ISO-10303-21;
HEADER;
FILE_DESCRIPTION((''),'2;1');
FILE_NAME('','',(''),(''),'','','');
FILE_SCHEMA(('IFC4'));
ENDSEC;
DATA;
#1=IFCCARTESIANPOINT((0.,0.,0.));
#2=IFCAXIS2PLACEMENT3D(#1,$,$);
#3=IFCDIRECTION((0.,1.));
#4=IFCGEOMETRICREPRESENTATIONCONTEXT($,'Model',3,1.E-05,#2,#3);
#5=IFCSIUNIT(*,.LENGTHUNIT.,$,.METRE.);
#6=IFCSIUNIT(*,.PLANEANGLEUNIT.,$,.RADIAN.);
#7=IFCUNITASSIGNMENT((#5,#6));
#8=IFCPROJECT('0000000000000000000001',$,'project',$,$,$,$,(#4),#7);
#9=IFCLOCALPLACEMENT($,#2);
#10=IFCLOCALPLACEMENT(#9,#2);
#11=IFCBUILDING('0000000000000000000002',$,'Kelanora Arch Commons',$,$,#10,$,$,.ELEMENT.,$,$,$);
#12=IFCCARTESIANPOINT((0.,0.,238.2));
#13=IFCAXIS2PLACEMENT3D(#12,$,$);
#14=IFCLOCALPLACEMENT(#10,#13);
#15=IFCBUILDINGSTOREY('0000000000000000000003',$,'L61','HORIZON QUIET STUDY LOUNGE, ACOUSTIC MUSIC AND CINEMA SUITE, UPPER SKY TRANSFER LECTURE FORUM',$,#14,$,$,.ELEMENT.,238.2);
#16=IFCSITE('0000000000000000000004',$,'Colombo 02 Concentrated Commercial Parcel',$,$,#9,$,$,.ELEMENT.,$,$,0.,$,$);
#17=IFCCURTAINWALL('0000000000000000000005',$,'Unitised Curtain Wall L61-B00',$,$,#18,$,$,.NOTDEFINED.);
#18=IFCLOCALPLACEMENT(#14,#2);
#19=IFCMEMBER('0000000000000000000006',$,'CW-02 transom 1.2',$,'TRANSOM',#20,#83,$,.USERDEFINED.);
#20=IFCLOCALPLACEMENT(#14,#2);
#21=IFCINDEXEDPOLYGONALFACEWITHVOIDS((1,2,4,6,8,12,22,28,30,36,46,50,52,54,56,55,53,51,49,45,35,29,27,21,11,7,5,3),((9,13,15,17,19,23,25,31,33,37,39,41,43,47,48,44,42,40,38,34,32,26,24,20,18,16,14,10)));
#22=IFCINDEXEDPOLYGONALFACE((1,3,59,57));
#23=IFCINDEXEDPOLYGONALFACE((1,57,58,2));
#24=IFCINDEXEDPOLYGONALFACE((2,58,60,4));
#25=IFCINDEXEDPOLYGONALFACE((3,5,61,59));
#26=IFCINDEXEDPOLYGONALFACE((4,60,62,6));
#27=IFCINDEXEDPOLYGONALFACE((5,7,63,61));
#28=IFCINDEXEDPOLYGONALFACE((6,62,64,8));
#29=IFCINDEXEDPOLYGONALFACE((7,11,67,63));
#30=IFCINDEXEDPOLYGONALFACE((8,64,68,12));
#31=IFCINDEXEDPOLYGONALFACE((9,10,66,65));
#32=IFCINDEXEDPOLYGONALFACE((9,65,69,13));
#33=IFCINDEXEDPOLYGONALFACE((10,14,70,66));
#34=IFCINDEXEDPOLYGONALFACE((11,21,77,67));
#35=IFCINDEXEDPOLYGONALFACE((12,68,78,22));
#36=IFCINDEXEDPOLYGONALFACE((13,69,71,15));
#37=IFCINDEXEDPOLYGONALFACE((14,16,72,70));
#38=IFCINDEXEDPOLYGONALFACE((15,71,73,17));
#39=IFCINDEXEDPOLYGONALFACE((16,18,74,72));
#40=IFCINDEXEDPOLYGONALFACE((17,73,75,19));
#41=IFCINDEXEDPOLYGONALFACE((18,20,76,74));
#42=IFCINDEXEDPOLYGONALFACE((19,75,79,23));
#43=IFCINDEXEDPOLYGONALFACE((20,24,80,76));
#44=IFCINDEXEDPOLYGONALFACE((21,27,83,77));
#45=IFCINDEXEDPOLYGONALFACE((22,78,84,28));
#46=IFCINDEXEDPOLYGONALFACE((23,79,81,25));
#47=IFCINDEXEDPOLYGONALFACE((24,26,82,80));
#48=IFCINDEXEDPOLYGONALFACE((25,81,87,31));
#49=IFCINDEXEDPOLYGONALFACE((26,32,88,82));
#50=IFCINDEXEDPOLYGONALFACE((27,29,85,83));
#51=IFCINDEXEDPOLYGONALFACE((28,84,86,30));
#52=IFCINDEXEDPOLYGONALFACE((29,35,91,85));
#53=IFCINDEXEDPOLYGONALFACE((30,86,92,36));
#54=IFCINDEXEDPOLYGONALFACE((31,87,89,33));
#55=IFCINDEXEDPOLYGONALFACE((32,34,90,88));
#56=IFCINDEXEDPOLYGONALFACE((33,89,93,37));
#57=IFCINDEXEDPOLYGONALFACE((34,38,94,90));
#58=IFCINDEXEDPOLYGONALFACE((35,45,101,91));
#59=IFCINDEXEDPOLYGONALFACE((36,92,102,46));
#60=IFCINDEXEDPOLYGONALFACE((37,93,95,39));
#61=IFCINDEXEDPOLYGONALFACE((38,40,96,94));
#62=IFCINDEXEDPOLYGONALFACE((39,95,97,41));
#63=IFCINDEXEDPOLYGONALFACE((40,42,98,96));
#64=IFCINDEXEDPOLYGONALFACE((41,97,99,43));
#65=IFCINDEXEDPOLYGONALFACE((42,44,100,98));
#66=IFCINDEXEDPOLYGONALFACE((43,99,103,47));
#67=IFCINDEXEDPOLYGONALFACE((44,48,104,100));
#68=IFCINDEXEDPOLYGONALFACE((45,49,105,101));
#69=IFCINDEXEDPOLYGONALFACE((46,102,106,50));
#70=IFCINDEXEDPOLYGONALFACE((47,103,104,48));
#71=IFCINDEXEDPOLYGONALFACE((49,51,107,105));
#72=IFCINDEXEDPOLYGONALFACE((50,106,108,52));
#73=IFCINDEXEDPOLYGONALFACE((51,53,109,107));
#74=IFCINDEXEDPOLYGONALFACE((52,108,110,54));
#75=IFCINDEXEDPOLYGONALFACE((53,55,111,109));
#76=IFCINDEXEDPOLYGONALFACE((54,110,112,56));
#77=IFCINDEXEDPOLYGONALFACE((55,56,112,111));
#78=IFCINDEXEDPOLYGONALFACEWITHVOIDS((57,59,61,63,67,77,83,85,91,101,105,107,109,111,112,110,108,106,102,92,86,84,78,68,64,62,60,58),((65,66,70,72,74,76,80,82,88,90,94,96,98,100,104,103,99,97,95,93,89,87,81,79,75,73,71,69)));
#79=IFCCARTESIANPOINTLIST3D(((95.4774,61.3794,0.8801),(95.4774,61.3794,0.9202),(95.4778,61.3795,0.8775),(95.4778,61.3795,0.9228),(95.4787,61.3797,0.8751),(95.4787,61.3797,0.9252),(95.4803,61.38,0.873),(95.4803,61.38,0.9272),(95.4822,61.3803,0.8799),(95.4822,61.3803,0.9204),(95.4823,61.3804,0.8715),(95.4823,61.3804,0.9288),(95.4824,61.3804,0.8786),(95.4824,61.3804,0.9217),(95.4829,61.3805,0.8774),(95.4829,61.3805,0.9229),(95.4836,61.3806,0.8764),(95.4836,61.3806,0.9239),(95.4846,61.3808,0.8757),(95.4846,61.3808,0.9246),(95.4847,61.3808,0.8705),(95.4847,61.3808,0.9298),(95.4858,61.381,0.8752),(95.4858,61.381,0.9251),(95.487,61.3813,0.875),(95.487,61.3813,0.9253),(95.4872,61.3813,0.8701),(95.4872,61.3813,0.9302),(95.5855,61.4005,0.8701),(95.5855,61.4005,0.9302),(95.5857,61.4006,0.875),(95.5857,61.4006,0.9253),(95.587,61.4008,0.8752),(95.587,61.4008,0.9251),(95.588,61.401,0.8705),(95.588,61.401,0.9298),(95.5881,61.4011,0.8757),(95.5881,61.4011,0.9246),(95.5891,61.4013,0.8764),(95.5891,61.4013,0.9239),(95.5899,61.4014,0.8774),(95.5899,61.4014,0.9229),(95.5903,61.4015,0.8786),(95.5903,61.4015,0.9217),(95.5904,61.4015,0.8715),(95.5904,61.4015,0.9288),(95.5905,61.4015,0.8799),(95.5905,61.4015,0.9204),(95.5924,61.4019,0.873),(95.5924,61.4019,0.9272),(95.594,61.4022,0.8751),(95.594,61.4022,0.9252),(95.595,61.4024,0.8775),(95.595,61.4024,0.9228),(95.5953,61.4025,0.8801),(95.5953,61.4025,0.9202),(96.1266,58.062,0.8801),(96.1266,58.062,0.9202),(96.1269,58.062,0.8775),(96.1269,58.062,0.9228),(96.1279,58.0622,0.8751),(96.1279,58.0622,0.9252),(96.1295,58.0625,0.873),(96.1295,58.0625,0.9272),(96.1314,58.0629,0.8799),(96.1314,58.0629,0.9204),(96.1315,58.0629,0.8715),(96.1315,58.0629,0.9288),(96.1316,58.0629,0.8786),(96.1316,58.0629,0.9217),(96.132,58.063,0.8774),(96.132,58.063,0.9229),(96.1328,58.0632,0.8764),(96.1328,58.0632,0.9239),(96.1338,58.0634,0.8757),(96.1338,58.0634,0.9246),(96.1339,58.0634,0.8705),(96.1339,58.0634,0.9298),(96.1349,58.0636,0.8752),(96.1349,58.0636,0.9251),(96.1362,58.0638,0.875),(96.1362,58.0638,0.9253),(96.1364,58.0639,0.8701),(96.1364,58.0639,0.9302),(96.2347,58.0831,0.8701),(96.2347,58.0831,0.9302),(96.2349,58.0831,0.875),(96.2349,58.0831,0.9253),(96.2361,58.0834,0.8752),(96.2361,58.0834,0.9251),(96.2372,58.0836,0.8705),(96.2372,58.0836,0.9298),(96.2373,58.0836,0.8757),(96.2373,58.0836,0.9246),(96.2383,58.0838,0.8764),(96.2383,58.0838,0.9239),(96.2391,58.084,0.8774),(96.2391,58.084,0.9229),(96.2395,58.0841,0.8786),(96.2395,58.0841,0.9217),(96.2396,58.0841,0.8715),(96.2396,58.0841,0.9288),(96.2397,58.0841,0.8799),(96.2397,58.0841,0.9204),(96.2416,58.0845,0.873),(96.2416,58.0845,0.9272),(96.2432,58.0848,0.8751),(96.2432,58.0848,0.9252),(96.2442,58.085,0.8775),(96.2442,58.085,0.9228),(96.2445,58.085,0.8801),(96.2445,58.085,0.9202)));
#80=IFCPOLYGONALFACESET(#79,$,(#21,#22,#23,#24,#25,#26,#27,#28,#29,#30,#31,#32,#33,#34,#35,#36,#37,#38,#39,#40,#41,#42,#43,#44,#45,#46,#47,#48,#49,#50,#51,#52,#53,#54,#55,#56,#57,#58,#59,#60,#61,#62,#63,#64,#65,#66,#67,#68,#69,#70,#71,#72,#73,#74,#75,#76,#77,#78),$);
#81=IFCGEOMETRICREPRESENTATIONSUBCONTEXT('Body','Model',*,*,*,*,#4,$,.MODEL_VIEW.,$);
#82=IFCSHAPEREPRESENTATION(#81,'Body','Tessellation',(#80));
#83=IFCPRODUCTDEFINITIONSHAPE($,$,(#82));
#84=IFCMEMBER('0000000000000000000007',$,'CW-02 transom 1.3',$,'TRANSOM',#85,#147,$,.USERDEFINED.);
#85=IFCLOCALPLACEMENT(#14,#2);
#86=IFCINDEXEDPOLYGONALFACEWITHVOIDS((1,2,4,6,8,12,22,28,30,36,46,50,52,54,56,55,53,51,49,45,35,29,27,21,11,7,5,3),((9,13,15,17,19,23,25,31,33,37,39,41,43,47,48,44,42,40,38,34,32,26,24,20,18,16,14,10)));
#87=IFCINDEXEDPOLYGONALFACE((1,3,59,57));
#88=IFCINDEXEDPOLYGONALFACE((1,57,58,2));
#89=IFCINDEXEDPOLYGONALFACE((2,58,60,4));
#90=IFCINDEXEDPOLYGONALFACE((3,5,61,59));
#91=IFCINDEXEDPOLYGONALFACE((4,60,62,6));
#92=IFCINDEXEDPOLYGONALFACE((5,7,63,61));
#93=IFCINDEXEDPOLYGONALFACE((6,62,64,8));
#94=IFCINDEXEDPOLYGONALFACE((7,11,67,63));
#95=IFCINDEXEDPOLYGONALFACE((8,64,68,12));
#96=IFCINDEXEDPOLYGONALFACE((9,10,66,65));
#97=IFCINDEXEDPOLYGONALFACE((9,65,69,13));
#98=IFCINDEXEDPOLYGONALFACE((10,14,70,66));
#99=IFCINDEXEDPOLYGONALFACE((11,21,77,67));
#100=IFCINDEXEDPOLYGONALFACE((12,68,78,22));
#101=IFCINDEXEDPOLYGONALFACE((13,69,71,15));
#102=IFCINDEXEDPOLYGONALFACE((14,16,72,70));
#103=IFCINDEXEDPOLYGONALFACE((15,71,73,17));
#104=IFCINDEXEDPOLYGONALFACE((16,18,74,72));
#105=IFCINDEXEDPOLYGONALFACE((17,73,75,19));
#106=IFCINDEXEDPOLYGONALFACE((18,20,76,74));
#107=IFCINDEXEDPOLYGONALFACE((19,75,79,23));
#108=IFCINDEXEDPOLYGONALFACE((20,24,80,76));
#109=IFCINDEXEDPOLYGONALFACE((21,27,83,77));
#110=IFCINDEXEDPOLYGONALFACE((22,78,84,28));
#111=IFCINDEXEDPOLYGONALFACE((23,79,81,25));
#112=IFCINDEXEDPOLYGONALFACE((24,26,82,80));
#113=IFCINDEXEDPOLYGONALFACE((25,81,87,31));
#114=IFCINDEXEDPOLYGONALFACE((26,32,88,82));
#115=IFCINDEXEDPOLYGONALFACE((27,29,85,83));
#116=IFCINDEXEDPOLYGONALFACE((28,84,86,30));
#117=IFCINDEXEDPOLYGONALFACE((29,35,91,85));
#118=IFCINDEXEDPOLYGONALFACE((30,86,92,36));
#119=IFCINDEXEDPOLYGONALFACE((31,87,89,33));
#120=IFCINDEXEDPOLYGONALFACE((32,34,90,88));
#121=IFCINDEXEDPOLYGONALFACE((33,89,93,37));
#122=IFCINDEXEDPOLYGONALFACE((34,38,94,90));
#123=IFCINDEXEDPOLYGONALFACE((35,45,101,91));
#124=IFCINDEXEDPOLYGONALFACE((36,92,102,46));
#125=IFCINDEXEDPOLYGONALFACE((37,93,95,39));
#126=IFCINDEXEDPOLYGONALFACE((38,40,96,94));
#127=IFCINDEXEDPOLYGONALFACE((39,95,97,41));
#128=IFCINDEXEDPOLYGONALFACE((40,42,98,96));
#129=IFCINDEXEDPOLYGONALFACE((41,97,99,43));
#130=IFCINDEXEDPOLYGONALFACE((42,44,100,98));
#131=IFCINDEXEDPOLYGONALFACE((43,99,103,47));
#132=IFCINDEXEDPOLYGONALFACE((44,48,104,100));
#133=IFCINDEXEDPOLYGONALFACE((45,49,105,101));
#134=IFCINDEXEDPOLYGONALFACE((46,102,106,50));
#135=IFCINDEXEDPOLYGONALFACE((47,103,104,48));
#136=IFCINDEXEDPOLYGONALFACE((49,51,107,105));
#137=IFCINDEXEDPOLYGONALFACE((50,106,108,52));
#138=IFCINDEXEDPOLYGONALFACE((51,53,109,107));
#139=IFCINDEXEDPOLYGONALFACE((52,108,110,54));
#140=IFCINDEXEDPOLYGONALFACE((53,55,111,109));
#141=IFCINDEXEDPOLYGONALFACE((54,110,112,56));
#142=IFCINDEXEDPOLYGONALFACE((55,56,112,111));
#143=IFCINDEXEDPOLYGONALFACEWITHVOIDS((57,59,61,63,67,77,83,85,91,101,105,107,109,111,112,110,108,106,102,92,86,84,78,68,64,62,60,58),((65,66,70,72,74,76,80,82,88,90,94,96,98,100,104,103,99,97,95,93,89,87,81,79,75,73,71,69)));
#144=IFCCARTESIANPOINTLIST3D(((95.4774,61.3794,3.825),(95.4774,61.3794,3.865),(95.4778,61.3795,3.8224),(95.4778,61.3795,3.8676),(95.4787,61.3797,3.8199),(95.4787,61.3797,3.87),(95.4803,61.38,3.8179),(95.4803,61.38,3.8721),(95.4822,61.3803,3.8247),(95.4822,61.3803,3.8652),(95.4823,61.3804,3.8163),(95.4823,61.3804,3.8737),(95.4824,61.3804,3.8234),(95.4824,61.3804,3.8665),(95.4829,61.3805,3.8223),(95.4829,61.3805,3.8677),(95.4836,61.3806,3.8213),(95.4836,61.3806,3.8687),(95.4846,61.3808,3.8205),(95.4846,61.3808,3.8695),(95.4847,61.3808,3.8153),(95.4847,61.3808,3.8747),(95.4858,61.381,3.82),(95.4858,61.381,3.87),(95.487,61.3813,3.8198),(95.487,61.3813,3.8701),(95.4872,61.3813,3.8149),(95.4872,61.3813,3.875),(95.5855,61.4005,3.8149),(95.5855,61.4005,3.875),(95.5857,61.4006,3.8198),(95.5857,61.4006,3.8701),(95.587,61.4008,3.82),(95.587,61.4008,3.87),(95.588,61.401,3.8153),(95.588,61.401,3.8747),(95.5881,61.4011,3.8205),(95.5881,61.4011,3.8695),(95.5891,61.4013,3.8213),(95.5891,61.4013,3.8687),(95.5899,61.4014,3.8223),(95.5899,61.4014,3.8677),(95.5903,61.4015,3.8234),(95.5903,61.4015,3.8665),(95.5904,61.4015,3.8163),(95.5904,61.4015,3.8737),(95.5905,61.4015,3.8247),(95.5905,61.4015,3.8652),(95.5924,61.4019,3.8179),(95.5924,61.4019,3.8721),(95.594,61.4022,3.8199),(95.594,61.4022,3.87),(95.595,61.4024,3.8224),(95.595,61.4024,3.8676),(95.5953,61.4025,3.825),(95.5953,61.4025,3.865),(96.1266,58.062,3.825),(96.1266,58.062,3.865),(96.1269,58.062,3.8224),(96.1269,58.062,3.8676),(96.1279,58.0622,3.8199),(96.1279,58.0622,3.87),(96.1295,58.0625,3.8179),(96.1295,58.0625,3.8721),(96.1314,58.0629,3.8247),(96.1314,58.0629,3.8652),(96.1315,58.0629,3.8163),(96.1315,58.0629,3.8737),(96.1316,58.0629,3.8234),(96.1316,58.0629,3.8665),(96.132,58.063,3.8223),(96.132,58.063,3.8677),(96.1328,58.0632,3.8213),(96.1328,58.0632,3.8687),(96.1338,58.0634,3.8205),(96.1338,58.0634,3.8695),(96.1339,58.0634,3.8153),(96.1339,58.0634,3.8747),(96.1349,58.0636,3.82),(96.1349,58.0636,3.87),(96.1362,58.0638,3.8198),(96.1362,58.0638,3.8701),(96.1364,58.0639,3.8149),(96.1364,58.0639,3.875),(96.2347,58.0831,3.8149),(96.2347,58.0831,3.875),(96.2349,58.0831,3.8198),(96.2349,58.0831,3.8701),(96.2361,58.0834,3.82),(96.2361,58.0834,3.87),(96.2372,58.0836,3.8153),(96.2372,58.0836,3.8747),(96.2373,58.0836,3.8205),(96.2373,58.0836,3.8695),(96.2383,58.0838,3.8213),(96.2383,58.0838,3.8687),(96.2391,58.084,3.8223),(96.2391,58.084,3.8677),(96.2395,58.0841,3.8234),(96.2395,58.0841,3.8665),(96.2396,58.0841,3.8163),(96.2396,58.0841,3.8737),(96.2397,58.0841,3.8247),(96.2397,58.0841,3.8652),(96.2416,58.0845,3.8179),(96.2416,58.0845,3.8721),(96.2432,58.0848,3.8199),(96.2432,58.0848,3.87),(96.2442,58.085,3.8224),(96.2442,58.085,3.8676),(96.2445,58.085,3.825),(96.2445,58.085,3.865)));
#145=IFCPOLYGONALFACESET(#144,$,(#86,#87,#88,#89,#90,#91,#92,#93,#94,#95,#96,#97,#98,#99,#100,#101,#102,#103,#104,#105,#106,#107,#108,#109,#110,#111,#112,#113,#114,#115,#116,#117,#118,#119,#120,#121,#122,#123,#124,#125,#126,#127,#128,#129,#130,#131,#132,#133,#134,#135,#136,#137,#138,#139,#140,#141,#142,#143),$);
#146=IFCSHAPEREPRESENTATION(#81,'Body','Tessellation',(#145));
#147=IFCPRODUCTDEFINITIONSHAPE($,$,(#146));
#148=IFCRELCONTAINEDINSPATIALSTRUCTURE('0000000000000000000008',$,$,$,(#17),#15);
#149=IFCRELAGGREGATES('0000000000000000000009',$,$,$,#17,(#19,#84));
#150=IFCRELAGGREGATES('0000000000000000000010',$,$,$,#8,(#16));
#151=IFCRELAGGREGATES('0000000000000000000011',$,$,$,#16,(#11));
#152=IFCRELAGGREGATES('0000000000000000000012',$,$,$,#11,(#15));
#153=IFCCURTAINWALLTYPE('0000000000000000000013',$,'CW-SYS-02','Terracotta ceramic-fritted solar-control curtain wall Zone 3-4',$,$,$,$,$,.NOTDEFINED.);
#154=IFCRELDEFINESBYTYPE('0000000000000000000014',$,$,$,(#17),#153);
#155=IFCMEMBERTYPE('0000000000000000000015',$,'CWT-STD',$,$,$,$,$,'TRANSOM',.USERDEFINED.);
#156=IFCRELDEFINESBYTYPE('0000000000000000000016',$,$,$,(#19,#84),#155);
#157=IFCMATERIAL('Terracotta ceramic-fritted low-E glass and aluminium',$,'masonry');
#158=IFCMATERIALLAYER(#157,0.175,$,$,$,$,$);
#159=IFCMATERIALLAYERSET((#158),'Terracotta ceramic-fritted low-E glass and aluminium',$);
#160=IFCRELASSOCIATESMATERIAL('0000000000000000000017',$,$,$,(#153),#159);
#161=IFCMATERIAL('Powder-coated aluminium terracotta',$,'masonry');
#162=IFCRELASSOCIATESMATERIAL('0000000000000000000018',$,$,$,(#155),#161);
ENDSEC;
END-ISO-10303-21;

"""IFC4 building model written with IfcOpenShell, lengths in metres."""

from ifc_helpers import new_model, si_unit, direction, frame, origin, origin_2d, place, context, subcontext, project, spatial, hollow_rectangle, extrude, material, layer, layer_set, material_profile, profile_set, type_object, element, aggregate, save


model = new_model("IFC4")

# Units and contexts
model_context = context("Model", 3, precision=1e-05, world=origin(), true_north=direction((0.0, 1.0)))
body_context = subcontext(model_context, "Body", "Model", "MODEL_VIEW")
ifc_project = project(units=[si_unit("LENGTHUNIT", "METRE"), si_unit("PLANEANGLEUNIT", "RADIAN")], contexts=[model_context])

# Site, building, storey
site_placement = place(None, origin())
site = spatial("IfcSite", under=ifc_project, at=site_placement, Name="Colombo 02 Concentrated Commercial Parcel", CompositionType="ELEMENT", RefElevation=0.0)
building_placement = place(site_placement, origin())
building = spatial("IfcBuilding", under=site, at=building_placement, Name="Kelanora Arch Commons", CompositionType="ELEMENT")
storey_placement = place(building_placement, frame((0.0, 0.0, 238.2)))
storey = spatial("IfcBuildingStorey", under=building, at=storey_placement, Name="L61", Description="HORIZON QUIET STUDY LOUNGE, ACOUSTIC MUSIC AND CINEMA SUITE, UPPER SKY TRANSFER LECTURE FORUM", CompositionType="ELEMENT", Elevation=238.2)

# Curtain wall, members
ifc_material_1 = material(Name="Terracotta ceramic-fritted low-E glass and aluminium", Category="masonry")
ifc_layer_1 = layer(ifc_material_1, 0.175)
ifc_layer_set_1 = layer_set([ifc_layer_1], Name="Terracotta ceramic-fritted low-E glass and aluminium")
curtain_wall_type = type_object("IfcCurtainWallType", Name="CW-SYS-02", Description="Terracotta ceramic-fritted solar-control curtain wall Zone 3-4", PredefinedType="NOTDEFINED", material=ifc_layer_set_1)
curtain_wall_placement = place(storey_placement, origin())
curtain_wall = element("IfcCurtainWall", 1, at=curtain_wall_placement, inside=storey, type_object=curtain_wall_type, Name="Unitised Curtain Wall L61-B00", PredefinedType="NOTDEFINED")
ifc_material_2 = material(Name="Powder-coated aluminium terracotta", Category="masonry")
ifc_material_profile_1 = material_profile(ifc_material_2, hollow_rectangle(XDim=0.1201, YDim=0.0601, WallThickness=0.0049, InnerFilletRadius=0.0049, OuterFilletRadius=0.01, at=origin_2d()), Name="CWT120x60")
ifc_profile_set_1 = profile_set([ifc_material_profile_1], Name="Powder-coated aluminium terracotta")
member_type_1 = type_object("IfcMemberType", Name="CWT-STD", ElementType="TRANSOM", PredefinedType="USERDEFINED", material=ifc_profile_set_1)
member_1_placement = place(storey_placement, frame((96.1855, 58.0735, 0.9001), z_axis=(-0.192045, 0.981386, 0.0), x_axis=(-0.981386, -0.192045, 0.0)))
member_1 = element("IfcMember", 2, at=member_1_placement, type_object=member_type_1, Name="CW-02 transom 1.2", ObjectType="TRANSOM", PredefinedType="USERDEFINED", context=body_context, shape_type="SweptSolid", body=[
    extrude(hollow_rectangle(XDim=0.1201, YDim=0.0601, WallThickness=0.0049, InnerFilletRadius=0.0049, OuterFilletRadius=0.01, at=origin_2d()), origin(), (0.0, 0.0, 1.0), 3.3804),
])
member_2_placement = place(storey_placement, frame((96.1855, 58.0735, 3.845), z_axis=(-0.192045, 0.981386, 0.0), x_axis=(-0.981386, -0.192045, 0.0)))
member_2 = element("IfcMember", 3, at=member_2_placement, type_object=member_type_1, Name="CW-02 transom 1.3", ObjectType="TRANSOM", PredefinedType="USERDEFINED", context=body_context, shape_type="SweptSolid", body=[
    extrude(hollow_rectangle(XDim=0.1201, YDim=0.0601, WallThickness=0.0049, InnerFilletRadius=0.0049, OuterFilletRadius=0.01, at=origin_2d()), origin(), (0.0, 0.0, 1.0), 3.3804),
])
aggregate(curtain_wall, [member_1, member_2])

save(model, "model.ifc")
